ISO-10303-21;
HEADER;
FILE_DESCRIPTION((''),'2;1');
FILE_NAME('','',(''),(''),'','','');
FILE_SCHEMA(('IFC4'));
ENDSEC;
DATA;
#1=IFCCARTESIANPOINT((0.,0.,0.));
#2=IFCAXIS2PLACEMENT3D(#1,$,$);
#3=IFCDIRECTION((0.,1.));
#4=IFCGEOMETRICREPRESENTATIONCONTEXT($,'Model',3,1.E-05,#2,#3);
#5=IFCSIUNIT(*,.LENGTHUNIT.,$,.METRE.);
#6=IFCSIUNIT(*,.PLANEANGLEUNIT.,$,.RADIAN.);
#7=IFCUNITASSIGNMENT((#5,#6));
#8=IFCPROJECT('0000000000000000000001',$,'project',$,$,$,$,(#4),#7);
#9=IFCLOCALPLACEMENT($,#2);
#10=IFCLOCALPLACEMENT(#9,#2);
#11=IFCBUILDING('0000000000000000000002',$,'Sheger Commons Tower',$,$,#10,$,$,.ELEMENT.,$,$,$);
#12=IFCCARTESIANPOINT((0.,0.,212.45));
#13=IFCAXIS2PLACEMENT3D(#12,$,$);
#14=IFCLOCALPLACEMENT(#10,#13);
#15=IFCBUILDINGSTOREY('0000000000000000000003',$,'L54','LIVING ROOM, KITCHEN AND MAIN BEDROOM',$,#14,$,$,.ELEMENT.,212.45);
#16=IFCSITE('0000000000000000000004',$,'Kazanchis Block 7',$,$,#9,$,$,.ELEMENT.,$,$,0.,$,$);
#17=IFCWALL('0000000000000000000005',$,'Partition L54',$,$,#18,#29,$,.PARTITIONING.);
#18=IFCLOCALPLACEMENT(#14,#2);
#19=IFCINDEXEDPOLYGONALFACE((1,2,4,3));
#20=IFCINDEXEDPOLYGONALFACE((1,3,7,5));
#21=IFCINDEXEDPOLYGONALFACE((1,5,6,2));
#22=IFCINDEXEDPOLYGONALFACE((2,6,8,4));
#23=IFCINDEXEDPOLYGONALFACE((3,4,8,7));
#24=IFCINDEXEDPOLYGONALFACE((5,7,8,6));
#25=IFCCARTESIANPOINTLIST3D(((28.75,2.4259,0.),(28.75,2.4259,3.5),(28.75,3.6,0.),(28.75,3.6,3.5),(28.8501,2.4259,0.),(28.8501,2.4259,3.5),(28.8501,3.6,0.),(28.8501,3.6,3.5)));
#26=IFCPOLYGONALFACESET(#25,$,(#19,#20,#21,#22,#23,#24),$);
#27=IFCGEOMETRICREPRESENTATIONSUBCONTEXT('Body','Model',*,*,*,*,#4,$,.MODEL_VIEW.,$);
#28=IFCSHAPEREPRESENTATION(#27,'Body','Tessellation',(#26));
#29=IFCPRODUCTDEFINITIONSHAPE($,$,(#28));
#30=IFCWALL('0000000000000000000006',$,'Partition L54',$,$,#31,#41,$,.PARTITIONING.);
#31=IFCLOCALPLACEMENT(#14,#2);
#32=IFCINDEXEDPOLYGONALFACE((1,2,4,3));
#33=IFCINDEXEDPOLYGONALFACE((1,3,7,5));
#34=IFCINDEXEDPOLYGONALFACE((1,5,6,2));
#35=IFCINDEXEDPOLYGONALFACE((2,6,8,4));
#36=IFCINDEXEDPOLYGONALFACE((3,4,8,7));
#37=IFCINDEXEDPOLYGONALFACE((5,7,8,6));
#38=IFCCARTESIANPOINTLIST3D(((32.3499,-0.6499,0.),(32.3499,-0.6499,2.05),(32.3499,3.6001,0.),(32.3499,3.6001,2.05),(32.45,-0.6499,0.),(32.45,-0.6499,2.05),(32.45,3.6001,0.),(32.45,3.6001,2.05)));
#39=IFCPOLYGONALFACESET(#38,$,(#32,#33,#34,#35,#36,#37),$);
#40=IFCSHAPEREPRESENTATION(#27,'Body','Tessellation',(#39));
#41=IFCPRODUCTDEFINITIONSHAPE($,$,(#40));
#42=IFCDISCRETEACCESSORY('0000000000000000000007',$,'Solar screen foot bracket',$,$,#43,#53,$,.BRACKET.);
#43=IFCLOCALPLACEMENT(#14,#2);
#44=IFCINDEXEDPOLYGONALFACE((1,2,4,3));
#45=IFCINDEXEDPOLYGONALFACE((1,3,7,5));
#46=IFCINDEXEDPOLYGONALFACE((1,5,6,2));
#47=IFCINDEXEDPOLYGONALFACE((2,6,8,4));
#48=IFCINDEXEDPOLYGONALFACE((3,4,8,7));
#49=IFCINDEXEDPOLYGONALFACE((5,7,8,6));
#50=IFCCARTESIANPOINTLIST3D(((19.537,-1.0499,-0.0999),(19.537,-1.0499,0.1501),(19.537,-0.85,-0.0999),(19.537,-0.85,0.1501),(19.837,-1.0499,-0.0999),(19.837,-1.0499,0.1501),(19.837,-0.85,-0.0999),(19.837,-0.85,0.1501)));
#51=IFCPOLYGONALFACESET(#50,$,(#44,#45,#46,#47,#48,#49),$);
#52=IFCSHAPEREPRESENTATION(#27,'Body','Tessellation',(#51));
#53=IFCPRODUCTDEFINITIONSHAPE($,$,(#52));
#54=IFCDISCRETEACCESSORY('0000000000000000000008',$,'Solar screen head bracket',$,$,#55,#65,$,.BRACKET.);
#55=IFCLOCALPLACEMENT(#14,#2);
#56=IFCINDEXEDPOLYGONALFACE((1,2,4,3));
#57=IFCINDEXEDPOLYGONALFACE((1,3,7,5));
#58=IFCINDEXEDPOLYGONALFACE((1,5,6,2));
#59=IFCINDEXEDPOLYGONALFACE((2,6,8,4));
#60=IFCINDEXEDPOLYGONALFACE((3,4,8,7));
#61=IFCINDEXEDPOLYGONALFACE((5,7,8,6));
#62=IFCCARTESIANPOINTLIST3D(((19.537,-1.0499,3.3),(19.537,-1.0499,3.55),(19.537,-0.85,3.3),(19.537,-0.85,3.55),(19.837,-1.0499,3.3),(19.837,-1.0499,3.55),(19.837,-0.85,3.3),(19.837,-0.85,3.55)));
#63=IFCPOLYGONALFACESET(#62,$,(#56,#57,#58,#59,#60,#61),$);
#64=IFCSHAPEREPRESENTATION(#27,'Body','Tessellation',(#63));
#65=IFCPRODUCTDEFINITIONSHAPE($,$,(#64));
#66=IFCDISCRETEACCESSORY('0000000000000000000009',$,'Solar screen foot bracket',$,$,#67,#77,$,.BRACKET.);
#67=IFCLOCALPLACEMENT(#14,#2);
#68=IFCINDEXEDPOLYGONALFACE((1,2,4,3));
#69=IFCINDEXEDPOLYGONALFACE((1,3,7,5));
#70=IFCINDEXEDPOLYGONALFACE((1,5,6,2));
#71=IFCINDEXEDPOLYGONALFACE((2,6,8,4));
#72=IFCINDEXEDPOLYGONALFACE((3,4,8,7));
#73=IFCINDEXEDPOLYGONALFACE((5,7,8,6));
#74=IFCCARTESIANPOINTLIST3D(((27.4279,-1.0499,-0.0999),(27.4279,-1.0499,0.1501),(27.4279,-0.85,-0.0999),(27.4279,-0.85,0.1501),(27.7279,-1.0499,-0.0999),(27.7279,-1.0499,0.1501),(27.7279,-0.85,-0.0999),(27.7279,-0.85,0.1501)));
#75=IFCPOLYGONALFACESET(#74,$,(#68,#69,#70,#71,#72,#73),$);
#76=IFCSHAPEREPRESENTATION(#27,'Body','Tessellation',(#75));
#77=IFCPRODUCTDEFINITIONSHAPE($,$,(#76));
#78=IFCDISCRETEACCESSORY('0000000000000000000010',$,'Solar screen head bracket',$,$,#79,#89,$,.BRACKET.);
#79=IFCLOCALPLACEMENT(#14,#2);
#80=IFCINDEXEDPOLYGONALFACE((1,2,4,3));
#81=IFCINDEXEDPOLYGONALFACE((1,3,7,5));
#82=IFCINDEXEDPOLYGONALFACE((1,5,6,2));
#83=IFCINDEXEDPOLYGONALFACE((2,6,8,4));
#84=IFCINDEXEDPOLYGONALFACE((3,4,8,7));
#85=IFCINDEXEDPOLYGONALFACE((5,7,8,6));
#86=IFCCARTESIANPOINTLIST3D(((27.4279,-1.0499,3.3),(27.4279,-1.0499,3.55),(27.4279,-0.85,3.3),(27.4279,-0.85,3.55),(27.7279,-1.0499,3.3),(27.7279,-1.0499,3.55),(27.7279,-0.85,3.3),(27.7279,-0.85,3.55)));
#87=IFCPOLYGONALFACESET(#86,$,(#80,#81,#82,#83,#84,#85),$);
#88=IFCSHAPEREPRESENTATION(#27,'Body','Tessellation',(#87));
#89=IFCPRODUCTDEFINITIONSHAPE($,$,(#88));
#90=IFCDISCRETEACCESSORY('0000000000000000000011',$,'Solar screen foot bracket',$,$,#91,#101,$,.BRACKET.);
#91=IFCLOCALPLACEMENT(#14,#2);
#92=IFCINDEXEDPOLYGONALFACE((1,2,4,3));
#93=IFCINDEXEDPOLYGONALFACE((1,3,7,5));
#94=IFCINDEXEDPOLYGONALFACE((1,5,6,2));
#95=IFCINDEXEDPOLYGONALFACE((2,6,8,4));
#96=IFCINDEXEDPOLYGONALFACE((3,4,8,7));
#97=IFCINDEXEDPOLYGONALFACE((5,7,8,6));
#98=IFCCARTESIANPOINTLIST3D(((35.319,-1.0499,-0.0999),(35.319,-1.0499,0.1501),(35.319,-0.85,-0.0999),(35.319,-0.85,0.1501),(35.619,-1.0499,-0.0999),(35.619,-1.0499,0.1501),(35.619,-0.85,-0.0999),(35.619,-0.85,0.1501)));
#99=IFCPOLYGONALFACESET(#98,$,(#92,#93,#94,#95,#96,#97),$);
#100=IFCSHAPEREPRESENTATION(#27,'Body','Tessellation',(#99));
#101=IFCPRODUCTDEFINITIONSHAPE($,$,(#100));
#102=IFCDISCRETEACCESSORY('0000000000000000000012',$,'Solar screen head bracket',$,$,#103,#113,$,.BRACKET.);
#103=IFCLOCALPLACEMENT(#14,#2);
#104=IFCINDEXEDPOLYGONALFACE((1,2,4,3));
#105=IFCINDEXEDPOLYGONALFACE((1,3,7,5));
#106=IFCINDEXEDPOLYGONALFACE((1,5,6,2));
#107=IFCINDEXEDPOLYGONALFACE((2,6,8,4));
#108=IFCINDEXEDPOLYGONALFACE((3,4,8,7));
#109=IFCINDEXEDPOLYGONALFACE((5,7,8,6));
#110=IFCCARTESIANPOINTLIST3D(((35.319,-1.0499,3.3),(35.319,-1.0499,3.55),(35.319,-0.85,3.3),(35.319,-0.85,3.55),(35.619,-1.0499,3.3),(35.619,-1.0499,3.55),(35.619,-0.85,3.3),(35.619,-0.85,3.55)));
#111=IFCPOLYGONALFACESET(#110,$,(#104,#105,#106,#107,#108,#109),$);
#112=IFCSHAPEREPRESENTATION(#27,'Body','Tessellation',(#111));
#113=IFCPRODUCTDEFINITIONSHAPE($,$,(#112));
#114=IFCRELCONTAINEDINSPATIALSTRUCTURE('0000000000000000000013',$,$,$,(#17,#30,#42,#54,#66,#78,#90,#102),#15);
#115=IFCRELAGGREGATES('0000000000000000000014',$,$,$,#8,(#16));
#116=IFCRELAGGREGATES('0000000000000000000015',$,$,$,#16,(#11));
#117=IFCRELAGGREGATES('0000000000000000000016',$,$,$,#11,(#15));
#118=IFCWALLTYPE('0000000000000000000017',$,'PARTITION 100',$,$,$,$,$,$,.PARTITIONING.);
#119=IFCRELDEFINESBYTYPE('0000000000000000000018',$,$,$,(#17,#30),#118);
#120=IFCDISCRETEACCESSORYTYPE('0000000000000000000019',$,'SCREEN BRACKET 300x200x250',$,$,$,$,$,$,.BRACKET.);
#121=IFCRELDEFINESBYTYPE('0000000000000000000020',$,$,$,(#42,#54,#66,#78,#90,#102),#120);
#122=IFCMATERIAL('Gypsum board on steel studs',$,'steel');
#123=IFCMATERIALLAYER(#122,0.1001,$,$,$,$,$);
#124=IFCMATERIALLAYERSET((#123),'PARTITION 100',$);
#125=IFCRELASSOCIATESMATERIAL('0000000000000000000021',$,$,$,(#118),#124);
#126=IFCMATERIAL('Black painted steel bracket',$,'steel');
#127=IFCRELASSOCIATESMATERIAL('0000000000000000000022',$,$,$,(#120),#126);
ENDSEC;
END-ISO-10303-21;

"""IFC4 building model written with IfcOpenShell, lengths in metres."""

from ifc_helpers import new_model, si_unit, direction, frame, frame_2d, origin, origin_2d, place, context, subcontext, project, spatial, rectangle, extrude, material, layer, layer_set, type_object, element, save


model = new_model("IFC4")

# Units and contexts
model_context = context("Model", 3, precision=1e-05, world=origin(), true_north=direction((0.0, 1.0)))
body_context = subcontext(model_context, "Body", "Model", "MODEL_VIEW")
ifc_project = project(units=[si_unit("LENGTHUNIT", "METRE"), si_unit("PLANEANGLEUNIT", "RADIAN")], contexts=[model_context])

# Site, building, storey
site_placement = place(None, origin())
site = spatial("IfcSite", under=ifc_project, at=site_placement, Name="Kazanchis Block 7", CompositionType="ELEMENT", RefElevation=0.0)
building_placement = place(site_placement, origin())
building = spatial("IfcBuilding", under=site, at=building_placement, Name="Sheger Commons Tower", CompositionType="ELEMENT")
storey_placement = place(building_placement, frame((0.0, 0.0, 212.45)))
storey = spatial("IfcBuildingStorey", under=building, at=storey_placement, Name="L54", Description="LIVING ROOM, KITCHEN AND MAIN BEDROOM", CompositionType="ELEMENT", Elevation=212.45)

# Shared definitions
ifc_material_1 = material(Name="Gypsum board on steel studs", Category="steel")
ifc_layer_1 = layer(ifc_material_1, 0.1001)
ifc_layer_set_1 = layer_set([ifc_layer_1], Name="PARTITION 100")
wall_type_1 = type_object("IfcWallType", Name="PARTITION 100", PredefinedType="PARTITIONING", material=ifc_layer_set_1)

# Walls
wall_1_placement = place(storey_placement, frame((28.8, 2.426, 0.0), z_axis=(0.0, 0.0, 1.0), x_axis=(0.0, 1.0, 0.0)))
element("IfcWall", 1, at=wall_1_placement, inside=storey, type_object=wall_type_1, Name="Partition L54", PredefinedType="PARTITIONING", context=body_context, shape_type="SweptSolid", body=[
    extrude(rectangle(XDim=1.1741, YDim=0.1001, at=frame_2d((0.5869, 0.0))), origin(), (0.0, 0.0, 1.0), 3.5),
])
wall_2_placement = place(storey_placement, frame((32.3999, -0.6499, 0.0), z_axis=(0.0, 0.0, 1.0), x_axis=(0.0, 1.0, 0.0)))
element("IfcWall", 2, at=wall_2_placement, inside=storey, type_object=wall_type_1, Name="Partition L54", PredefinedType="PARTITIONING", context=body_context, shape_type="SweptSolid", body=[
    extrude(rectangle(XDim=4.25, YDim=0.1001, at=frame_2d((2.125, 0.0))), origin(), (0.0, 0.0, 1.0), 2.05),
])

# Discrete accessories
ifc_material_2 = material(Name="Black painted steel bracket", Category="steel")
discrete_accessory_type = type_object("IfcDiscreteAccessoryType", Name="SCREEN BRACKET 300x200x250", PredefinedType="BRACKET", material=ifc_material_2)
for number, where, z_axis, x_axis, name in (
    (3, (19.687, -0.95, -0.0999), (0.0, 0.0, 1.0), (1.0, 0.0, 0.0), "Solar screen foot bracket"),
    (4, (19.687, -0.95, 3.3), (0.0, 0.0, 1.0), (1.0, 0.0, 0.0), "Solar screen head bracket"),
    (5, (27.5779, -0.95, -0.0999), (0.0, 0.0, 1.0), (1.0, 0.0, 0.0), "Solar screen foot bracket"),
    (6, (27.5779, -0.95, 3.3), (0.0, 0.0, 1.0), (1.0, 0.0, 0.0), "Solar screen head bracket"),
    (7, (35.469, -0.95, -0.0999), (0.0, 0.0, 1.0), (1.0, 0.0, 0.0), "Solar screen foot bracket"),
    (8, (35.469, -0.95, 3.3), (0.0, 0.0, 1.0), (1.0, 0.0, 0.0), "Solar screen head bracket"),
):
    element("IfcDiscreteAccessory", number, at=place(storey_placement, frame(where, z_axis=z_axis, x_axis=x_axis)), inside=storey, type_object=discrete_accessory_type, Name=name, PredefinedType="BRACKET", context=body_context, shape_type="SweptSolid", body=[
        extrude(rectangle(XDim=0.3, YDim=0.2, at=origin_2d()), origin(), (0.0, 0.0, 1.0), 0.25),
    ])

save(model, "model.ifc")
